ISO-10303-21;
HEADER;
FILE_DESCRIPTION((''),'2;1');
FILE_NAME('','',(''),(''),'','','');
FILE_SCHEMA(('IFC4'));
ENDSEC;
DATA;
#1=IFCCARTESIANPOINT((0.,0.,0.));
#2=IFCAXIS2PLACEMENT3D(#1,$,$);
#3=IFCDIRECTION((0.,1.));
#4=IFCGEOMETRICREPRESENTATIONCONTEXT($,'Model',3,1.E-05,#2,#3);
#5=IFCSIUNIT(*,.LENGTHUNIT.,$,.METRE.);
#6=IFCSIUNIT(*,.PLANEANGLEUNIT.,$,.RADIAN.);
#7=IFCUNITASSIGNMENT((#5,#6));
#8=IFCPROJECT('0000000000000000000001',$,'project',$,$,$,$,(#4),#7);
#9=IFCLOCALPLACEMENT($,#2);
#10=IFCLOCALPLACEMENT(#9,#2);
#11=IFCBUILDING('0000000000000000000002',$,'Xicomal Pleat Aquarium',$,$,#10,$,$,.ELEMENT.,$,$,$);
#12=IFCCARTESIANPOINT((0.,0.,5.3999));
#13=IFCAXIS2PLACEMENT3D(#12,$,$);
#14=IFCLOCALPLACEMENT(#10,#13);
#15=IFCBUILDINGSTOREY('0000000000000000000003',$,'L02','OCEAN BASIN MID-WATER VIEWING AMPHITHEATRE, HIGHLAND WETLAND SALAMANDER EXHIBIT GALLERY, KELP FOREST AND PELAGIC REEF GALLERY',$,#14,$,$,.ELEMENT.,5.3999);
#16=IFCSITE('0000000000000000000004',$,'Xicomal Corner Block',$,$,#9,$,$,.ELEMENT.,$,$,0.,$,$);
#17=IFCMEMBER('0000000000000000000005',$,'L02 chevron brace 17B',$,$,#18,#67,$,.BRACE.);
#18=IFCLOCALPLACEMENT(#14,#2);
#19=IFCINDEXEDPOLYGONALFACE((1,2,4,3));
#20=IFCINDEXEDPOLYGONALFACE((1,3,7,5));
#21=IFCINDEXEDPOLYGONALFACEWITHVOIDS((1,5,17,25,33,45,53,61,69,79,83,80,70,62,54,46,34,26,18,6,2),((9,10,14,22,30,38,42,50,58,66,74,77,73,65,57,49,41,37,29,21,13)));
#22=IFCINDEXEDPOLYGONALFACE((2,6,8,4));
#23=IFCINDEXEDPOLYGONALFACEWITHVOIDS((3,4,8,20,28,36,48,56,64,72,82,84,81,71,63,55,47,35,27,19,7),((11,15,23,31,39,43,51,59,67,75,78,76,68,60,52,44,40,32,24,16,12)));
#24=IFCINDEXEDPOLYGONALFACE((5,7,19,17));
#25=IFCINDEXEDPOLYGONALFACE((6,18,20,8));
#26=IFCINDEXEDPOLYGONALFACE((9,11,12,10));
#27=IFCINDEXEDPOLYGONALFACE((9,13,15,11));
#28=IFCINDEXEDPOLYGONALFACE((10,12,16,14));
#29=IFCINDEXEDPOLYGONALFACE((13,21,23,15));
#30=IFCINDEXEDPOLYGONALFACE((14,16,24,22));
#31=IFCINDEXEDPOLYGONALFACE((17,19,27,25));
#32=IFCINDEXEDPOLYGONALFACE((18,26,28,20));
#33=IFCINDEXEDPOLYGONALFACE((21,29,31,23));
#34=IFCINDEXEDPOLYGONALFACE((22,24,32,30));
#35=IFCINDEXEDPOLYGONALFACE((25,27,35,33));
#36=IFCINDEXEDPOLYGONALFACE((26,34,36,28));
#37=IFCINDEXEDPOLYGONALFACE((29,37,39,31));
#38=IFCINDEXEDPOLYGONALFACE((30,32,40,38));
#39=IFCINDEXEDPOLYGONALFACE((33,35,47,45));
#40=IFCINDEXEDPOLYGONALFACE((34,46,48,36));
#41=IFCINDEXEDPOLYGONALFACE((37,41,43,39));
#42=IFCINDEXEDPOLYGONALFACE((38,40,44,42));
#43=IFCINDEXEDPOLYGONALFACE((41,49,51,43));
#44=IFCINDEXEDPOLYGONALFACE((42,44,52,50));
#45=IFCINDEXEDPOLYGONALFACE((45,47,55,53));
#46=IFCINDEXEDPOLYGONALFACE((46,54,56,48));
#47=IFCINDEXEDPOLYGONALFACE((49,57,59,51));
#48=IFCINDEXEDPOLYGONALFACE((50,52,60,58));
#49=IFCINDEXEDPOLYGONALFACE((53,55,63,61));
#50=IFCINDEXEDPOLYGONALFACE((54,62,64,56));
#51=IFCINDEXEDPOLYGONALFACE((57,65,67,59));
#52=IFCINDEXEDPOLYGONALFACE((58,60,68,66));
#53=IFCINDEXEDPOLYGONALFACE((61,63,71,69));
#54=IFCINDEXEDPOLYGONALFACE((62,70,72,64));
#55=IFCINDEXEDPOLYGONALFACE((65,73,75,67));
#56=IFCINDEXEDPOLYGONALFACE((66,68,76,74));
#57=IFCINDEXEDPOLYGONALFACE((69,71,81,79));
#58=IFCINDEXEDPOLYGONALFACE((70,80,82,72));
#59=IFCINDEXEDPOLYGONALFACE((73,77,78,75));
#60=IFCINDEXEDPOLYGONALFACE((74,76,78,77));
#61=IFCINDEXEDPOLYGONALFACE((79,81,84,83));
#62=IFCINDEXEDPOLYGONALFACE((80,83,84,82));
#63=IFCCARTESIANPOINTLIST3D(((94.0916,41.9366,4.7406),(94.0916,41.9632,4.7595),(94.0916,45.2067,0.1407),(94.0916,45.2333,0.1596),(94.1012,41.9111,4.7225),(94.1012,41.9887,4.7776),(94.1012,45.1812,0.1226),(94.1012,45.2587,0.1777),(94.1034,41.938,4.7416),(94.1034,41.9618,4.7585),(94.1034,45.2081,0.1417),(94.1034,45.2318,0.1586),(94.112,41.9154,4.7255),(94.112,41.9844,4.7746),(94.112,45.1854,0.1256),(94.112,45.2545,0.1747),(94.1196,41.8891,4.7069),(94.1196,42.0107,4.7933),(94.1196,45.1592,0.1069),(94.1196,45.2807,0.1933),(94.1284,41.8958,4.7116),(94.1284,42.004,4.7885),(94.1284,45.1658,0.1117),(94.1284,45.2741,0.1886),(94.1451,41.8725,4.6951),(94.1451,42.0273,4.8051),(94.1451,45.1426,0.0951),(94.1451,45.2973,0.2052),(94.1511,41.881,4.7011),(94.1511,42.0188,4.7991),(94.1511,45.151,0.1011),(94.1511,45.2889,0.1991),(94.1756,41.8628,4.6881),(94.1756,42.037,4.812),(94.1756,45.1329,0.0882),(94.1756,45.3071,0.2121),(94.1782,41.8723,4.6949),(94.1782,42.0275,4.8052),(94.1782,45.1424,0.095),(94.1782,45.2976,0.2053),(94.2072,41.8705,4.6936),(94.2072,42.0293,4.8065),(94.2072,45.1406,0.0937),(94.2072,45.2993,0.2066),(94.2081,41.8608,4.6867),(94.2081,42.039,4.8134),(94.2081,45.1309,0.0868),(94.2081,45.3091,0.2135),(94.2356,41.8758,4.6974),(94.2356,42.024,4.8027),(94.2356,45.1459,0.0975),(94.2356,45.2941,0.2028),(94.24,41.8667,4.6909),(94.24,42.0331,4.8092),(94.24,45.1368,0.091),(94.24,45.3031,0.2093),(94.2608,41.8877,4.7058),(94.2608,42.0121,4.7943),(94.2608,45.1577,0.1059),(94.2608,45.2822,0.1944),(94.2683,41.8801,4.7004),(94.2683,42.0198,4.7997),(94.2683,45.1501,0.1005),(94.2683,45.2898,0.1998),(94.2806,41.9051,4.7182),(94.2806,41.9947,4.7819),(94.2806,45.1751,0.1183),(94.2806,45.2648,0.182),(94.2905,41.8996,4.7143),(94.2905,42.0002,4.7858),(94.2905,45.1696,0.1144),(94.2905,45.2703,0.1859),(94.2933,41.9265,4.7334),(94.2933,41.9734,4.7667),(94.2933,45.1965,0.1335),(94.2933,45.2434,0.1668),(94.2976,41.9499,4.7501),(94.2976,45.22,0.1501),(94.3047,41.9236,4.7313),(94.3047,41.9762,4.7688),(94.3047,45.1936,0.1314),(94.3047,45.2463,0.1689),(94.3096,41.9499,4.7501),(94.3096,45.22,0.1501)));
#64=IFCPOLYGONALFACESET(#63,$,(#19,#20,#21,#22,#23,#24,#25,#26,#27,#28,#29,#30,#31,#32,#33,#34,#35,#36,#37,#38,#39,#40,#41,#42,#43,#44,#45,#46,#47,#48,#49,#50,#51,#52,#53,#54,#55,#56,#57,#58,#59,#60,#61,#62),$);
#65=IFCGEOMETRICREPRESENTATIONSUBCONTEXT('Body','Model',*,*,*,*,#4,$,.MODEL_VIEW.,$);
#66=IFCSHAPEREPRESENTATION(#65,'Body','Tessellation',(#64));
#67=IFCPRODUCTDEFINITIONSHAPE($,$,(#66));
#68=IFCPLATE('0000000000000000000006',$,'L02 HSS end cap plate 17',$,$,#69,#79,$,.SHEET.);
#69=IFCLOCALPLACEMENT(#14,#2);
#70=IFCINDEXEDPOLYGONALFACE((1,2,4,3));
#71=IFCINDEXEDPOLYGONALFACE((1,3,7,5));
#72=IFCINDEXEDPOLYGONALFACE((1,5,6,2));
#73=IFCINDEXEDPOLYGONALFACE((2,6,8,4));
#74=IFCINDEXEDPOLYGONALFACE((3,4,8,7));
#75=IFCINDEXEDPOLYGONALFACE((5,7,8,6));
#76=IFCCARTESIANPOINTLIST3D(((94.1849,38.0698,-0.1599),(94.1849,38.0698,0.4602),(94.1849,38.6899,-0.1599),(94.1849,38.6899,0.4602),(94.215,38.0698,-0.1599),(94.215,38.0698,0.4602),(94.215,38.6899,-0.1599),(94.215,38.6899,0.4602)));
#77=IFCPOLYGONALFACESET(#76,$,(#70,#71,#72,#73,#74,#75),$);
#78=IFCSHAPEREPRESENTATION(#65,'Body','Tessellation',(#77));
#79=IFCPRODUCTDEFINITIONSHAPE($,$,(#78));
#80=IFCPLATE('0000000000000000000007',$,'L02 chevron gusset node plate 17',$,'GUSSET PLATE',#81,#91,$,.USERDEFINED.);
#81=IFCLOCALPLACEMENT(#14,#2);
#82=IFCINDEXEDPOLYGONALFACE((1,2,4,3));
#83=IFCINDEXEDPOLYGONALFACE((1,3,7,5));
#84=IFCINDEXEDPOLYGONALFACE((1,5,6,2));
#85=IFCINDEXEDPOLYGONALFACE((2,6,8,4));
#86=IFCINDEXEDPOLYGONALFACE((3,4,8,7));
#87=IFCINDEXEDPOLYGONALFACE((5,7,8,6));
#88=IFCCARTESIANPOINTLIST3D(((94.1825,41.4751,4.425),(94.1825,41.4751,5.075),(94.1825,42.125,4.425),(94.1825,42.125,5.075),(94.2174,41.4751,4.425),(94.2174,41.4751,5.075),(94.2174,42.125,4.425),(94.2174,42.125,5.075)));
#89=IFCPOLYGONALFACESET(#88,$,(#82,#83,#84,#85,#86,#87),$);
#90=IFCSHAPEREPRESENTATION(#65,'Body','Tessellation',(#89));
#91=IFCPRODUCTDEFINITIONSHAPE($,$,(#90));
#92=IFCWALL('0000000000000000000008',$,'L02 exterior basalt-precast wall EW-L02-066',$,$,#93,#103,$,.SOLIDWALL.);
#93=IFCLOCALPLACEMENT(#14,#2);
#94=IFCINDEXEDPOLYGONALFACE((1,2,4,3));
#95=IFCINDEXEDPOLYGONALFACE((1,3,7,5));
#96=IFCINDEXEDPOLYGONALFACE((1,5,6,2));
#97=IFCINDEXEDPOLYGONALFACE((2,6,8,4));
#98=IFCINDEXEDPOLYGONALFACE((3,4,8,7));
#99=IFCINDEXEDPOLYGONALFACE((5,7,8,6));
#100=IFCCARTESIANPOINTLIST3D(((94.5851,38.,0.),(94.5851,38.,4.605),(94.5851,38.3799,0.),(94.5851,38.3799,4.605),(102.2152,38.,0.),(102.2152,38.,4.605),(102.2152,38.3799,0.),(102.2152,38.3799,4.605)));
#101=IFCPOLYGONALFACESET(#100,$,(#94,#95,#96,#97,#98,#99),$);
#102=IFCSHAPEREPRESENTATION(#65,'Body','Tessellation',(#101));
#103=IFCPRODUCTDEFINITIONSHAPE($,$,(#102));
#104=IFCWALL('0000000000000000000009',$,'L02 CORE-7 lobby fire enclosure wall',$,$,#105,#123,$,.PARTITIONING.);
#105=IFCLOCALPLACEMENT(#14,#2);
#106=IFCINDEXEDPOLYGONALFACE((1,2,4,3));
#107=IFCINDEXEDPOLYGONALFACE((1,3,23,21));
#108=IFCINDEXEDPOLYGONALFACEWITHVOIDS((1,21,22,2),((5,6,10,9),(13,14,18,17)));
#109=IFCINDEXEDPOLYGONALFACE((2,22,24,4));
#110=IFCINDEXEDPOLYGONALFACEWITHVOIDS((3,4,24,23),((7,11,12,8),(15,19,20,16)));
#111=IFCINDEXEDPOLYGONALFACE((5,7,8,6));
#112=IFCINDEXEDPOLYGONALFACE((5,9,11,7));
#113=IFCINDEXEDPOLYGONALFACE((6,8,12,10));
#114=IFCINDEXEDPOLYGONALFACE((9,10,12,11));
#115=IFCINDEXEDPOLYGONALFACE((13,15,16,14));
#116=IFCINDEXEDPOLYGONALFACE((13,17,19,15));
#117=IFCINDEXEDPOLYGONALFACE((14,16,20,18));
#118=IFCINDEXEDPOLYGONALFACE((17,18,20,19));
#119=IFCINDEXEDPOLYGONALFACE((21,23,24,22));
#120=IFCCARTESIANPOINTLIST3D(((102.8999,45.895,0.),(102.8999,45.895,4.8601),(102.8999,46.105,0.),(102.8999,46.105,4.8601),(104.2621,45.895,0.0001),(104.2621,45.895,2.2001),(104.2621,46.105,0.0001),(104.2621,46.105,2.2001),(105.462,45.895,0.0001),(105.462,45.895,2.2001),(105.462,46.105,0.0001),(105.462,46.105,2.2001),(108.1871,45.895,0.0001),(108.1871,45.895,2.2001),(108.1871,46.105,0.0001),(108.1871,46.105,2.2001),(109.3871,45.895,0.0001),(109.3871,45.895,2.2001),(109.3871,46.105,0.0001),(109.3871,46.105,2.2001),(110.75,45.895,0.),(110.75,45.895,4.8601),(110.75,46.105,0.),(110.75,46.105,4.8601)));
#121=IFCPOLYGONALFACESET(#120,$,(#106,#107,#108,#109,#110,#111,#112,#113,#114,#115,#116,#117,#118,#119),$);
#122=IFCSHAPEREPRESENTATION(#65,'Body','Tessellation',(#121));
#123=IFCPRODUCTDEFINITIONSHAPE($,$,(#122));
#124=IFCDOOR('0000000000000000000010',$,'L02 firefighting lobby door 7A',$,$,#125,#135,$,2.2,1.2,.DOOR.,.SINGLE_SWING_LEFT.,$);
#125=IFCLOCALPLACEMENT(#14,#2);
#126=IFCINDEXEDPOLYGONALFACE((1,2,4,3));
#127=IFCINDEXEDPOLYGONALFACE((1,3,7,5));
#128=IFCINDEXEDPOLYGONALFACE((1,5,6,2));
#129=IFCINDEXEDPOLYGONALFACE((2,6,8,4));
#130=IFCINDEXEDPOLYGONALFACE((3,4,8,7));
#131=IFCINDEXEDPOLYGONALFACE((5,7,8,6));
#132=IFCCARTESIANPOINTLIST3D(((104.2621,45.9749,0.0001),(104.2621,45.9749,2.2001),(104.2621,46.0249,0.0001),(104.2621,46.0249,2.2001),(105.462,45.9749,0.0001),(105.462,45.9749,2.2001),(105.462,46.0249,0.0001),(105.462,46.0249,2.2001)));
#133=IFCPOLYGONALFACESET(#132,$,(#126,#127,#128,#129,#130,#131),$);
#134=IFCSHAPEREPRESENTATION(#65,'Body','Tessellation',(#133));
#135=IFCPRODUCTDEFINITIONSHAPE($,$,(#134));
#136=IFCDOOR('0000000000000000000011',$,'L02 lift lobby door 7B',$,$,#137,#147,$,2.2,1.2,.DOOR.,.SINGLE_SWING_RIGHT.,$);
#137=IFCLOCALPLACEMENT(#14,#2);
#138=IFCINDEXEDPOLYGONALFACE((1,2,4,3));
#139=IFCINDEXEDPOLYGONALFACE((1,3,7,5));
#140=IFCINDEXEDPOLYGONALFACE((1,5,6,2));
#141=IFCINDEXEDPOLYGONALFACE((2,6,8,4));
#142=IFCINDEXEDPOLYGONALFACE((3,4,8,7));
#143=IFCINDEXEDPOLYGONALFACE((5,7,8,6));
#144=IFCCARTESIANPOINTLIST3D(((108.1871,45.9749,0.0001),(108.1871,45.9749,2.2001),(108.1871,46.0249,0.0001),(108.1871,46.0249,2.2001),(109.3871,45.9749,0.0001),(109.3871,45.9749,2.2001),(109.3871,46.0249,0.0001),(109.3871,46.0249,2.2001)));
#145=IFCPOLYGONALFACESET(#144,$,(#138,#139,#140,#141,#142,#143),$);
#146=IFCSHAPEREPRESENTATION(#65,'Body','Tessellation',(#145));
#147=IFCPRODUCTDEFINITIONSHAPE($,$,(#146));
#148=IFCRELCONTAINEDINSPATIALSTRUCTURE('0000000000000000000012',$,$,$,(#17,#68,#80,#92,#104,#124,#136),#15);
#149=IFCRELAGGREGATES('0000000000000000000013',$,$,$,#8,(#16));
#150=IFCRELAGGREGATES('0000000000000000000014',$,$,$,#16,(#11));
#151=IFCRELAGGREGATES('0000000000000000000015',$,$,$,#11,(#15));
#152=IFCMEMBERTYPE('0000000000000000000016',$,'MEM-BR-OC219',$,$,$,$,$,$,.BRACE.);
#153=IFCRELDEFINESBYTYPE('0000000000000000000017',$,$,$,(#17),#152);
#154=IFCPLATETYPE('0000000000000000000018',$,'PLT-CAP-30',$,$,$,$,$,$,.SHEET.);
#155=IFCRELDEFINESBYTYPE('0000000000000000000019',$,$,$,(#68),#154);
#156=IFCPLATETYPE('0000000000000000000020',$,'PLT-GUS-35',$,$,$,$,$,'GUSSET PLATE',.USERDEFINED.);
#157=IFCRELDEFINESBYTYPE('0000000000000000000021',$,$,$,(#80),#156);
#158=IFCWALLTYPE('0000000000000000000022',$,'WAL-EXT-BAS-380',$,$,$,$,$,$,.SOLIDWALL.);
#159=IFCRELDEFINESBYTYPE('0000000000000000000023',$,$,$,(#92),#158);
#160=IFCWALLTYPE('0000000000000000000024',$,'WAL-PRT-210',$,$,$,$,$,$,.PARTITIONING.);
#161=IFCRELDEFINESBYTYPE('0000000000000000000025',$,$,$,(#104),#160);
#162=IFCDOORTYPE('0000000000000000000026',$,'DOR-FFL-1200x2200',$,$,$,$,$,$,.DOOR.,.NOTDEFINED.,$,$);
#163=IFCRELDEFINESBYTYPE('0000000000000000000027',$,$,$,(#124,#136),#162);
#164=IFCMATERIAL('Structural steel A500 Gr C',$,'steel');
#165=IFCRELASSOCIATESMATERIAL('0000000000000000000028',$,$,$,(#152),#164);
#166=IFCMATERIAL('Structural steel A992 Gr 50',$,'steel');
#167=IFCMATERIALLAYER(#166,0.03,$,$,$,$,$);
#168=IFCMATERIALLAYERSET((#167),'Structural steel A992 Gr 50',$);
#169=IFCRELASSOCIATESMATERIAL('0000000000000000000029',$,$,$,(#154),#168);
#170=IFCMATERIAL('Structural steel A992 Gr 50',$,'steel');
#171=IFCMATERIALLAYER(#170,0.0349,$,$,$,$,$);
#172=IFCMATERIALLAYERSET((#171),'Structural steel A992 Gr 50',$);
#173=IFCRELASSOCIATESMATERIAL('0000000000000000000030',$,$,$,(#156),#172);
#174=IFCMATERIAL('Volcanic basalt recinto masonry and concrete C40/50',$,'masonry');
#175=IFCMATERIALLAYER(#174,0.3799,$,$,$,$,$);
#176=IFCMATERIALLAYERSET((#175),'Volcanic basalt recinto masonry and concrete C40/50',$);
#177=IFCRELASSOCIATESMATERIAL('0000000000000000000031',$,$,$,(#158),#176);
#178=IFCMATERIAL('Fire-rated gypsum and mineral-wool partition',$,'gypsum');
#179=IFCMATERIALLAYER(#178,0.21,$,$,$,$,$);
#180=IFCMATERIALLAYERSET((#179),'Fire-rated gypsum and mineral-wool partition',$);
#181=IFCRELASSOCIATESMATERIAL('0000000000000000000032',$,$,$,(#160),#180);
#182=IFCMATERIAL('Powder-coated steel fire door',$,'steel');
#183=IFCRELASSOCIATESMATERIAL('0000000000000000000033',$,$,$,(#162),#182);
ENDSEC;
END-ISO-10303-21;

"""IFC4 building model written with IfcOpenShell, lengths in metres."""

from ifc_helpers import new_model, si_unit, direction, frame, frame_2d, origin, origin_2d, place, context, subcontext, project, spatial, rectangle, hollow_circle, extrude, material, layer, layer_set, material_profile, profile_set, type_object, element, fill, save


model = new_model("IFC4")

# Units and contexts
model_context = context("Model", 3, precision=1e-05, world=origin(), true_north=direction((0.0, 1.0)))
body_context = subcontext(model_context, "Body", "Model", "MODEL_VIEW")
ifc_project = project(units=[si_unit("LENGTHUNIT", "METRE"), si_unit("PLANEANGLEUNIT", "RADIAN")], contexts=[model_context])

# Site, building, storey
site_placement = place(None, origin())
site = spatial("IfcSite", under=ifc_project, at=site_placement, Name="Xicomal Corner Block", CompositionType="ELEMENT", RefElevation=0.0)
building_placement = place(site_placement, origin())
building = spatial("IfcBuilding", under=site, at=building_placement, Name="Xicomal Pleat Aquarium", CompositionType="ELEMENT")
storey_placement = place(building_placement, frame((0.0, 0.0, 5.3999)))
storey = spatial("IfcBuildingStorey", under=building, at=storey_placement, Name="L02", Description="OCEAN BASIN MID-WATER VIEWING AMPHITHEATRE, HIGHLAND WETLAND SALAMANDER EXHIBIT GALLERY, KELP FOREST AND PELAGIC REEF GALLERY", CompositionType="ELEMENT", Elevation=5.3999)

# Member
ifc_material_1 = material(Name="Structural steel A500 Gr C", Category="steel")
ifc_material_profile_1 = material_profile(ifc_material_1, hollow_circle(Radius=0.1096, WallThickness=0.012, at=origin_2d()), Name="OC 219x12")
ifc_profile_set_1 = profile_set([ifc_material_profile_1], Name="Structural steel A500 Gr C")
member_type_1 = type_object("IfcMemberType", Name="MEM-BR-OC219", PredefinedType="BRACE", material=ifc_profile_set_1)
for number, where, z_axis, x_axis, name in (
    (1, (94.2, 45.22, 0.1501), (0.0, -0.579408, 0.815038), (1.0, 0.0, 0.0), "L02 chevron brace 17B"),
):
    element("IfcMember", number, at=place(storey_placement, frame(where, z_axis=z_axis, x_axis=x_axis)), inside=storey, type_object=member_type_1, Name=name, PredefinedType="BRACE", context=body_context, shape_type="SweptSolid", body=[
        extrude(hollow_circle(Radius=0.1096, WallThickness=0.012, at=origin_2d()), origin(), (0.0, 0.0, 1.0), 5.6438),
    ])

# Plates
ifc_material_2 = material(Name="Structural steel A992 Gr 50", Category="steel")
ifc_layer_1 = layer(ifc_material_2, 0.03)
ifc_layer_set_1 = layer_set([ifc_layer_1], Name="Structural steel A992 Gr 50")
plate_type_1 = type_object("IfcPlateType", Name="PLT-CAP-30", PredefinedType="SHEET", material=ifc_layer_set_1)
plate_1_placement = place(storey_placement, frame((94.2, 38.3799, -0.1599), z_axis=(0.0, 0.0, 1.0), x_axis=(0.0, 1.0, 0.0)))
element("IfcPlate", 2, at=plate_1_placement, inside=storey, type_object=plate_type_1, Name="L02 HSS end cap plate 17", PredefinedType="SHEET", context=body_context, shape_type="SweptSolid", body=[
    extrude(rectangle(XDim=0.6201, YDim=0.03, at=origin_2d()), origin(), (0.0, 0.0, 1.0), 0.6201),
])
ifc_material_3 = material(Name="Structural steel A992 Gr 50", Category="steel")
ifc_layer_2 = layer(ifc_material_3, 0.0349)
ifc_layer_set_2 = layer_set([ifc_layer_2], Name="Structural steel A992 Gr 50")
plate_type_2 = type_object("IfcPlateType", Name="PLT-GUS-35", ElementType="GUSSET PLATE", PredefinedType="USERDEFINED", material=ifc_layer_set_2)
plate_2_placement = place(storey_placement, frame((94.2, 41.8, 4.425), z_axis=(0.0, 0.0, 1.0), x_axis=(0.0, 1.0, 0.0)))
element("IfcPlate", 3, at=plate_2_placement, inside=storey, type_object=plate_type_2, Name="L02 chevron gusset node plate 17", ObjectType="GUSSET PLATE", PredefinedType="USERDEFINED", context=body_context, shape_type="SweptSolid", body=[
    extrude(rectangle(XDim=0.6499, YDim=0.0349, at=origin_2d()), origin(), (0.0, 0.0, 1.0), 0.6499),
])

# Wall
ifc_material_4 = material(Name="Volcanic basalt recinto masonry and concrete C40/50", Category="masonry")
ifc_layer_3 = layer(ifc_material_4, 0.3799)
ifc_layer_set_3 = layer_set([ifc_layer_3], Name="Volcanic basalt recinto masonry and concrete C40/50")
wall_type_1 = type_object("IfcWallType", Name="WAL-EXT-BAS-380", PredefinedType="SOLIDWALL", material=ifc_layer_set_3)
wall_1_placement = place(storey_placement, frame((102.2151, 38.1899, 0.0), z_axis=(0.0, 0.0, 1.0), x_axis=(-1.0, 0.0, 0.0)))
element("IfcWall", 4, at=wall_1_placement, inside=storey, type_object=wall_type_1, Name="L02 exterior basalt-precast wall EW-L02-066", PredefinedType="SOLIDWALL", context=body_context, shape_type="SweptSolid", body=[
    extrude(rectangle(XDim=7.6301, YDim=0.3799, at=frame_2d((3.8149, 0.0))), origin(), (0.0, 0.0, 1.0), 4.605),
])

# Wall, openings, doors
ifc_material_5 = material(Name="Fire-rated gypsum and mineral-wool partition", Category="gypsum")
ifc_layer_4 = layer(ifc_material_5, 0.21)
ifc_layer_set_4 = layer_set([ifc_layer_4], Name="Fire-rated gypsum and mineral-wool partition")
wall_type_2 = type_object("IfcWallType", Name="WAL-PRT-210", PredefinedType="PARTITIONING", material=ifc_layer_set_4)
wall_2_placement = place(storey_placement, frame((102.8999, 46.0, 0.0), z_axis=(0.0, 0.0, 1.0), x_axis=(1.0, 0.0, 0.0)))
wall_2 = element("IfcWall", 5, at=wall_2_placement, inside=storey, type_object=wall_type_2, Name="L02 CORE-7 lobby fire enclosure wall", PredefinedType="PARTITIONING", context=body_context, shape_type="SweptSolid", body=[
    extrude(rectangle(XDim=7.8501, YDim=0.21, at=frame_2d((3.925, 0.0))), origin(), (0.0, 0.0, 1.0), 4.8601),
])
opening_1_placement = place(wall_2_placement, frame((1.3621, 0.0, 0.0)))
opening_1 = element("IfcOpeningElement", 6, at=opening_1_placement, cuts=wall_2, PredefinedType="OPENING", context=body_context, shape_type="SweptSolid", body=[
    extrude(rectangle(XDim=1.2, YDim=2.2, at=frame_2d((0.6001, 1.1001))), frame((0.0, 0.115, 0.0), z_axis=(0.0, -1.0, 0.0), x_axis=(1.0, 0.0, 0.0)), (0.0, 0.0, 1.0), 0.23),
])
opening_2_placement = place(wall_2_placement, frame((5.2871, 0.0, 0.0)))
opening_2 = element("IfcOpeningElement", 7, at=opening_2_placement, cuts=wall_2, PredefinedType="OPENING", context=body_context, shape_type="SweptSolid", body=[
    extrude(rectangle(XDim=1.2, YDim=2.2, at=frame_2d((0.6001, 1.1001))), frame((0.0, 0.115, 0.0), z_axis=(0.0, -1.0, 0.0), x_axis=(1.0, 0.0, 0.0)), (0.0, 0.0, 1.0), 0.23),
])
ifc_material_6 = material(Name="Powder-coated steel fire door", Category="steel")
door_type = type_object("IfcDoorType", Name="DOR-FFL-1200x2200", OperationType="NOTDEFINED", PredefinedType="DOOR", material=ifc_material_6)
door_1_placement = place(opening_1_placement, origin())
door_1 = element("IfcDoor", 8, at=door_1_placement, inside=storey, type_object=door_type, Name="L02 firefighting lobby door 7A", OperationType="SINGLE_SWING_LEFT", OverallHeight=2.2, OverallWidth=1.2, PredefinedType="DOOR", context=body_context, shape_type="SweptSolid", body=[
    extrude(rectangle(XDim=1.2, YDim=2.2, at=frame_2d((0.6001, 1.1001))), frame((0.0, 0.0249, 0.0), z_axis=(0.0, -1.0, 0.0), x_axis=(1.0, 0.0, 0.0)), (0.0, 0.0, 1.0), 0.05),
])
fill(opening_1, door_1)
door_2_placement = place(opening_2_placement, origin())
door_2 = element("IfcDoor", 9, at=door_2_placement, inside=storey, type_object=door_type, Name="L02 lift lobby door 7B", OperationType="SINGLE_SWING_RIGHT", OverallHeight=2.2, OverallWidth=1.2, PredefinedType="DOOR", context=body_context, shape_type="SweptSolid", body=[
    extrude(rectangle(XDim=1.2, YDim=2.2, at=frame_2d((0.6001, 1.1001))), frame((0.0, 0.0249, 0.0), z_axis=(0.0, -1.0, 0.0), x_axis=(1.0, 0.0, 0.0)), (0.0, 0.0, 1.0), 0.05),
])
fill(opening_2, door_2)

save(model, "model.ifc")
